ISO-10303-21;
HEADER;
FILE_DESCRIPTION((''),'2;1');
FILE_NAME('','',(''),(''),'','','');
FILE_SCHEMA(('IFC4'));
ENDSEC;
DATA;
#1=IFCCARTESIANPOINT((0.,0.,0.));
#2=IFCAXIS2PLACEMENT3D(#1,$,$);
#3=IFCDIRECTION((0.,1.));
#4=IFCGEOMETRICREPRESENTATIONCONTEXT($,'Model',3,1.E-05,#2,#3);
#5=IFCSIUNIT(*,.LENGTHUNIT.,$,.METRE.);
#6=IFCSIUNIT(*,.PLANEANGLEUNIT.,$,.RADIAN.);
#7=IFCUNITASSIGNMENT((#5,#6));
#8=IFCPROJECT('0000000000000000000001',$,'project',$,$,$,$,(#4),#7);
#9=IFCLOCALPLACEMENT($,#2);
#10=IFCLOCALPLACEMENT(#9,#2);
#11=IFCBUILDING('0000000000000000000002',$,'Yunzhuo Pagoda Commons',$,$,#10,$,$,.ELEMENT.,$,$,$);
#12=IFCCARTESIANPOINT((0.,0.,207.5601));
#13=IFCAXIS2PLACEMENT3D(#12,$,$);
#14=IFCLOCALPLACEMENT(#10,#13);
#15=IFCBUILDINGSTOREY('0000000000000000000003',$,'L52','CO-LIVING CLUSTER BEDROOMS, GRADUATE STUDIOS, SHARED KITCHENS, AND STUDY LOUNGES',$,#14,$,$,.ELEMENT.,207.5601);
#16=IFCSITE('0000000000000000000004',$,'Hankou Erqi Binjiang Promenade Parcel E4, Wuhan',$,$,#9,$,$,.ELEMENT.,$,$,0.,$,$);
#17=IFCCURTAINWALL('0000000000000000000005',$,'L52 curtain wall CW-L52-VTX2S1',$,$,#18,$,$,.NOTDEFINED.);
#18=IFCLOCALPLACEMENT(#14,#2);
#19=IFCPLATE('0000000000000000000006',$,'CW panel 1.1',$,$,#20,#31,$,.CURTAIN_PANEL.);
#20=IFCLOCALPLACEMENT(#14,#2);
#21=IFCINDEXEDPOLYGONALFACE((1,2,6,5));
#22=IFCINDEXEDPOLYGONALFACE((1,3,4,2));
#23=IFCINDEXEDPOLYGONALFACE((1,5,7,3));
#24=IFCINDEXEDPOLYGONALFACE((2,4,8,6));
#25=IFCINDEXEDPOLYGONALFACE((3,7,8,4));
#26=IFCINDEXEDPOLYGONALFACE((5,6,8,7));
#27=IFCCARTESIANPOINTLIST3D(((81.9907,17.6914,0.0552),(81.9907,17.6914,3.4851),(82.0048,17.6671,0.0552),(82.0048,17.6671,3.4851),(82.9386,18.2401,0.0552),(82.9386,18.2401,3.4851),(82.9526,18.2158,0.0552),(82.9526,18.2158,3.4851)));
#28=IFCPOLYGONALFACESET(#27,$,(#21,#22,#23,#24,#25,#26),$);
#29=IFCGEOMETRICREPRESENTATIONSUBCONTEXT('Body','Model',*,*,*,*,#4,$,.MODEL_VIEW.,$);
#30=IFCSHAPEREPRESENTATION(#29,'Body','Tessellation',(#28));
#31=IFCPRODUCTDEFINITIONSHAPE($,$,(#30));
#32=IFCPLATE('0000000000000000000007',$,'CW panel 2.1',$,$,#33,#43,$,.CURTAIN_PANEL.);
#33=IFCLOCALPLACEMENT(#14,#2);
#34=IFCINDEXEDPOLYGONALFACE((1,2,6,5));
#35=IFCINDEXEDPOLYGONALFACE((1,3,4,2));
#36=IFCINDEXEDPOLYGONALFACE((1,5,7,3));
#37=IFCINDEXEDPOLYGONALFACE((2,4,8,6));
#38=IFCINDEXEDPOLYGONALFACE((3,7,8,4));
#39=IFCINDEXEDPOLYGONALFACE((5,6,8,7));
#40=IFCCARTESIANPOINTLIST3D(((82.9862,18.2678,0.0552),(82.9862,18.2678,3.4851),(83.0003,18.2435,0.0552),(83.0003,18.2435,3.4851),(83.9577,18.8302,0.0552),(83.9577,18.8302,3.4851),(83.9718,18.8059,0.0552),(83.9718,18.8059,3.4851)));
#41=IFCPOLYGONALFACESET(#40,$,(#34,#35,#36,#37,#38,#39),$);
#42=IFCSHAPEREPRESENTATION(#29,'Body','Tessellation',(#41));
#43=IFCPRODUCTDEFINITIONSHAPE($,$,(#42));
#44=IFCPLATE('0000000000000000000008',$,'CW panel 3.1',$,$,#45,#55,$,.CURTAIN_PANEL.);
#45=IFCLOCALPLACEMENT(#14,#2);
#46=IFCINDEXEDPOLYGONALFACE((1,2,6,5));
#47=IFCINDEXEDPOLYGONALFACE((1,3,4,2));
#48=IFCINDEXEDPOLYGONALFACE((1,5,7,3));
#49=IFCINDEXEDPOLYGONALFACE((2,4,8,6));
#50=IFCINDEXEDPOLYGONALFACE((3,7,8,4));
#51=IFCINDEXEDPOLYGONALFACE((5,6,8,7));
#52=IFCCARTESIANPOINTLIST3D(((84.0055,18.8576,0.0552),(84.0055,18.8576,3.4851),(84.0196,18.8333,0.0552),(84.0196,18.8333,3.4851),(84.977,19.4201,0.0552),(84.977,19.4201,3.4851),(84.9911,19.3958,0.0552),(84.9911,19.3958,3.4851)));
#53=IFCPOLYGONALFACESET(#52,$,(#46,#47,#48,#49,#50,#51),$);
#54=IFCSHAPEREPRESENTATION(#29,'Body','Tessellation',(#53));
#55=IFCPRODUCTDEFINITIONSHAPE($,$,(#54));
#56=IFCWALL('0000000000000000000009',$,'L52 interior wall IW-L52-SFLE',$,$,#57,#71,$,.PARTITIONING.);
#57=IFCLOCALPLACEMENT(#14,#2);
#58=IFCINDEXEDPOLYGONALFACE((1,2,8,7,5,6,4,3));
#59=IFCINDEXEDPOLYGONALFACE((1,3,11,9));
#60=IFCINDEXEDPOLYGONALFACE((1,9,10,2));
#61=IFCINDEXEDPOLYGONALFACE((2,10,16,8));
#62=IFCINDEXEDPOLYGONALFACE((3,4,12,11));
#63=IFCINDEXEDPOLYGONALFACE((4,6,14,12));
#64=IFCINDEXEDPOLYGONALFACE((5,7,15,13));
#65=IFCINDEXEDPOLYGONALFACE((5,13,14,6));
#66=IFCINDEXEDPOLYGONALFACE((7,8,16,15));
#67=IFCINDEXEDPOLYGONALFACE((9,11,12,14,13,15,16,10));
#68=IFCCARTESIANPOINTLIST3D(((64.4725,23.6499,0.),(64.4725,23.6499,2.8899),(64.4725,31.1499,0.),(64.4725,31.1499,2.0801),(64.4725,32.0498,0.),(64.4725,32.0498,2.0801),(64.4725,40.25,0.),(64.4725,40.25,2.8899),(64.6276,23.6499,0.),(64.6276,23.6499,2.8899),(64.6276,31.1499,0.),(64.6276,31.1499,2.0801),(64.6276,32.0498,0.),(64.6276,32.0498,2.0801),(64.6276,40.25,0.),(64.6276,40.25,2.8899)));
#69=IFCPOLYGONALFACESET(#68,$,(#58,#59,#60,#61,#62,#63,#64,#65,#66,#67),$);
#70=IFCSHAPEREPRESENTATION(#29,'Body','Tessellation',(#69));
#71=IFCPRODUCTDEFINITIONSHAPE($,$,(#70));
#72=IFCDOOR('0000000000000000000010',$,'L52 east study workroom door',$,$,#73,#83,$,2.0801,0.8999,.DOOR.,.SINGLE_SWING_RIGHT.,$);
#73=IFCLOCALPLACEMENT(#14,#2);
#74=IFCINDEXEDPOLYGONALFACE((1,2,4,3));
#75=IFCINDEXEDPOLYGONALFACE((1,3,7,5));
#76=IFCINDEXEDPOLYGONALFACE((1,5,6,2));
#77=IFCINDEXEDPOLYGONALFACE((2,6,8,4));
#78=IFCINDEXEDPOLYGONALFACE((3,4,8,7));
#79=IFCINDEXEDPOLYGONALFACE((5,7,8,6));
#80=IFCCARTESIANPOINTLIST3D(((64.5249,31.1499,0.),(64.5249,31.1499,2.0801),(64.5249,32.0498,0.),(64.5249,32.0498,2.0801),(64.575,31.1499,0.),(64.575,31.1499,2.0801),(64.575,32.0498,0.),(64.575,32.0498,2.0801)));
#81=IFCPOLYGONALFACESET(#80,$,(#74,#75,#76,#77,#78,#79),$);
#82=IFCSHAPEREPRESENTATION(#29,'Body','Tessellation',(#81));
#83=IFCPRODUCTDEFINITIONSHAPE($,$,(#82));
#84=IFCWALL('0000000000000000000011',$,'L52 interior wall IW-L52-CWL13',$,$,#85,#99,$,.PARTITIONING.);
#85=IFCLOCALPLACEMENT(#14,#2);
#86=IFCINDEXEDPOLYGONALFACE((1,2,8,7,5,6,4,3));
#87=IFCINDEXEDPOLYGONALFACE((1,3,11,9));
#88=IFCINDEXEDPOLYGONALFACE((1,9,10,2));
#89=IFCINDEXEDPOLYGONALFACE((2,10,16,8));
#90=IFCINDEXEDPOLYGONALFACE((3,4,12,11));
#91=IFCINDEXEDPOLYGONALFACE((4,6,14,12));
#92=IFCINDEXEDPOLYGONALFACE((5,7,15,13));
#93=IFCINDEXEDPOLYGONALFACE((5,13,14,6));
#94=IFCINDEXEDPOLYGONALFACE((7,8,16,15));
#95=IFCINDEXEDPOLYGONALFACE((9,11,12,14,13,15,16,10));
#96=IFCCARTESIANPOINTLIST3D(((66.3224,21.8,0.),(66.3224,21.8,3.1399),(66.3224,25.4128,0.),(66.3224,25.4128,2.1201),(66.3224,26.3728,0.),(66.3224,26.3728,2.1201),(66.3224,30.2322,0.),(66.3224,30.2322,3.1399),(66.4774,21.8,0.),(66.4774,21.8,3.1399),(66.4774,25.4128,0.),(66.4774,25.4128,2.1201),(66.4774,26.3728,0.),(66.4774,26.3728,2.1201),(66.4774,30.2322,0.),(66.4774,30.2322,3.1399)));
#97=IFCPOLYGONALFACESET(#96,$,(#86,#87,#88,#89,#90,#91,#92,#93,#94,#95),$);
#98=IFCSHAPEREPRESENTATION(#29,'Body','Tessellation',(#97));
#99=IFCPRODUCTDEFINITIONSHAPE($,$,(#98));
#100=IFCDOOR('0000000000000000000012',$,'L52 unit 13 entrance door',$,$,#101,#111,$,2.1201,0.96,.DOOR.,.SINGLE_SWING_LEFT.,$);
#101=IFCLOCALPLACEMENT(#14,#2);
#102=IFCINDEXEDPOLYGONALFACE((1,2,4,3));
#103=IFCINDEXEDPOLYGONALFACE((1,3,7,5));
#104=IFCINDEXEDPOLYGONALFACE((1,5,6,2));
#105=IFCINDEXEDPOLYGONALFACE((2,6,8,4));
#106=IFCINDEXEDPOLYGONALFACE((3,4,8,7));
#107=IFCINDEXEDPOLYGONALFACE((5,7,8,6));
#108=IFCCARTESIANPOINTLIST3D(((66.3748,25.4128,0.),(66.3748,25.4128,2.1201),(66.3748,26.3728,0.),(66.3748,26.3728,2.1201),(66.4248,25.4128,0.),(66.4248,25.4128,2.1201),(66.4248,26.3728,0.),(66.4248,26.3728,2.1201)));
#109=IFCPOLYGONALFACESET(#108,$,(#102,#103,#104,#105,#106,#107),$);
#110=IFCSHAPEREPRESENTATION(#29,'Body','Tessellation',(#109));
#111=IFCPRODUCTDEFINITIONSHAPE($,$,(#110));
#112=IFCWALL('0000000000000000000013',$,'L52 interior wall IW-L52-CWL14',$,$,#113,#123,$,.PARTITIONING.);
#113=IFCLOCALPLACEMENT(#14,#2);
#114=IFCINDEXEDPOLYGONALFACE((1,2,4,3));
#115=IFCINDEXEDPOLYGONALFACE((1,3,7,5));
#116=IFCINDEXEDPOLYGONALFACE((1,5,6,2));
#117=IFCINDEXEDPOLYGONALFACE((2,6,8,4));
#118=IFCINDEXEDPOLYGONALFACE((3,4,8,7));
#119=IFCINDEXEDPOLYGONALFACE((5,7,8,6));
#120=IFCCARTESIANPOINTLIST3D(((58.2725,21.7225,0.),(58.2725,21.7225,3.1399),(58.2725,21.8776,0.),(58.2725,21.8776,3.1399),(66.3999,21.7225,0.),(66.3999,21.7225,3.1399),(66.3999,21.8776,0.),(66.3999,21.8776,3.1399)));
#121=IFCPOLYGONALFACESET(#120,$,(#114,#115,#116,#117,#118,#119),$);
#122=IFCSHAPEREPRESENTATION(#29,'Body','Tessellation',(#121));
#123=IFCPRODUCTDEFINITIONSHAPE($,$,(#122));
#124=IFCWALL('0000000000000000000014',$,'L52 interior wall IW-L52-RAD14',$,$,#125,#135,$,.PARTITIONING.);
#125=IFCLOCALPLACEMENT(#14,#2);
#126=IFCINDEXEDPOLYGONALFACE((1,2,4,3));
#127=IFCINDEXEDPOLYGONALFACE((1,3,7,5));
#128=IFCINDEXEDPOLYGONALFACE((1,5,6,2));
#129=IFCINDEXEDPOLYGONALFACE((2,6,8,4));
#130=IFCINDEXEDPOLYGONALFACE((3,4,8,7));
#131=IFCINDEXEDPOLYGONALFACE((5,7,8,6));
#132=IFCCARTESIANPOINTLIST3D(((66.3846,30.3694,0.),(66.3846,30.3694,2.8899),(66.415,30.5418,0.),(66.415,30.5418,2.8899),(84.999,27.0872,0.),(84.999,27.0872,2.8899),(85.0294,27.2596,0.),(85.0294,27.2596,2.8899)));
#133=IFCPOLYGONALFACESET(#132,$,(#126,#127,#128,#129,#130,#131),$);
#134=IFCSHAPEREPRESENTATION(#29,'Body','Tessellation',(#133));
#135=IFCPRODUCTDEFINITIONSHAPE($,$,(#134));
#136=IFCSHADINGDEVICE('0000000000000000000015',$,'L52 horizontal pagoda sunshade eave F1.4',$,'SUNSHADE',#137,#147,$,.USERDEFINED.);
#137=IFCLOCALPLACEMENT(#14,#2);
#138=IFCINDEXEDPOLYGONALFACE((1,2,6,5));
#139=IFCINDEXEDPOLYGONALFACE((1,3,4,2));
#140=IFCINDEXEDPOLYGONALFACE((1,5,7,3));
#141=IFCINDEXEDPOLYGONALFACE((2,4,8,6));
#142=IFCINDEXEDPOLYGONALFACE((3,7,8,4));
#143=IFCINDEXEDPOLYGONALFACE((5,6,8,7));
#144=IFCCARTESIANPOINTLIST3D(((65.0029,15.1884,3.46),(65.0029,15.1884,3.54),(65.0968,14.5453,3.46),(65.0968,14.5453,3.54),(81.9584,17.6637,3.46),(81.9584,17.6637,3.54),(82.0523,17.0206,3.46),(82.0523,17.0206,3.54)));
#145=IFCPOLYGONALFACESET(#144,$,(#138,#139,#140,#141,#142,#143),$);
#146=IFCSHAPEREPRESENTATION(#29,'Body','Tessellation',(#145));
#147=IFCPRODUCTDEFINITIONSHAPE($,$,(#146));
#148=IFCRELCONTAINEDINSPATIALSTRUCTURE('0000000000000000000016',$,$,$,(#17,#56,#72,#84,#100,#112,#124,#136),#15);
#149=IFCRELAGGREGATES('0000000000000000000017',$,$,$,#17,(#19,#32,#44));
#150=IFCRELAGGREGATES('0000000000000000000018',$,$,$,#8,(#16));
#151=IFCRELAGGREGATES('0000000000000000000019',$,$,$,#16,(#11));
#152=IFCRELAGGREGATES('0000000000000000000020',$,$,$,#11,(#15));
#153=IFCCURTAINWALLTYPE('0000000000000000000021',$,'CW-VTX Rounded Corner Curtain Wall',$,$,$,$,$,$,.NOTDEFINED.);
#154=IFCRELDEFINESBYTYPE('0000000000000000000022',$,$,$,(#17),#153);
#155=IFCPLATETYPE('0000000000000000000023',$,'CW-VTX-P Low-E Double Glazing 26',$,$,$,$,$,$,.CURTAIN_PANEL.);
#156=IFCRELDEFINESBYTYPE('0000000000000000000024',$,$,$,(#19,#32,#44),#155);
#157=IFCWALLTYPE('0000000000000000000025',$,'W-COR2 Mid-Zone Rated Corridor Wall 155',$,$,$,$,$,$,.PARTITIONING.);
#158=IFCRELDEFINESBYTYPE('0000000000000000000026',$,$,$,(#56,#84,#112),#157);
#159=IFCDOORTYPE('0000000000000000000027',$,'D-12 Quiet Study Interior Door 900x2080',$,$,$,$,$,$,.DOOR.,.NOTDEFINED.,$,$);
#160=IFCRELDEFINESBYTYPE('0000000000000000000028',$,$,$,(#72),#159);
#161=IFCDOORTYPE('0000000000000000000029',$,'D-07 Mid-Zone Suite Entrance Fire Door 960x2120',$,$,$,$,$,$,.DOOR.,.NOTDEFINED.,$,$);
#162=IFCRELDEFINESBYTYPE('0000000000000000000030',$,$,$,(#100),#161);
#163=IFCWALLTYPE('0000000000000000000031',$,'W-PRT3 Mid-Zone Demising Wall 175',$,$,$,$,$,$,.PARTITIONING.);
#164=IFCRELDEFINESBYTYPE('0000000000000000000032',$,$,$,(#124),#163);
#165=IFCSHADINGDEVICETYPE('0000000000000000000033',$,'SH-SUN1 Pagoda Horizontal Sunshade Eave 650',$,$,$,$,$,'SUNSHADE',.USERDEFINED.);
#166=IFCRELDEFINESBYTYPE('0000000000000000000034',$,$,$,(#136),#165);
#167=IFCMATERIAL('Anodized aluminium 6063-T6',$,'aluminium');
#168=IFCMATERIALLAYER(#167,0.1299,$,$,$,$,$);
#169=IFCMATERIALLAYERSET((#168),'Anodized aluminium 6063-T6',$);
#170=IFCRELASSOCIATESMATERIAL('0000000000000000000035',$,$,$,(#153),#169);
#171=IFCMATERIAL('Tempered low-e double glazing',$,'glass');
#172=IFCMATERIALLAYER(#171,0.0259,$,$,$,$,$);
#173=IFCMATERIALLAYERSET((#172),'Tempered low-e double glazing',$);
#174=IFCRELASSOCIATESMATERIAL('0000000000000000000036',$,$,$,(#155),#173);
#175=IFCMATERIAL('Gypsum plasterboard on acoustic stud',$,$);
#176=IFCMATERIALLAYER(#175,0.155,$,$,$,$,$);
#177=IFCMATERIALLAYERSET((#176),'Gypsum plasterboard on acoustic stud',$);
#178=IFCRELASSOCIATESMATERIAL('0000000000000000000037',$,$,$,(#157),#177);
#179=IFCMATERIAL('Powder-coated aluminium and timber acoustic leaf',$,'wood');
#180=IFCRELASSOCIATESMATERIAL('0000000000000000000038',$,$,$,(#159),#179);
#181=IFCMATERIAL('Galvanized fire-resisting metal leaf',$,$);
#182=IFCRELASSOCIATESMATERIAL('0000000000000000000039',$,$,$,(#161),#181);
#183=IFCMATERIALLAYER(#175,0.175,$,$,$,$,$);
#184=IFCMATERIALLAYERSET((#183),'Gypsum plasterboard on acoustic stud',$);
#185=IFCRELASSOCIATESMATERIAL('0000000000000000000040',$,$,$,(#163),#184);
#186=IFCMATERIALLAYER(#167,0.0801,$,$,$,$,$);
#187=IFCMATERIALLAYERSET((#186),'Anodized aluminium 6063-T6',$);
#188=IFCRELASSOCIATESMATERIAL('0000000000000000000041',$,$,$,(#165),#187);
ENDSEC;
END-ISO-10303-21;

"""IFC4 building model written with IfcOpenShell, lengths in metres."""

from ifc_helpers import new_model, si_unit, direction, frame, frame_2d, origin, origin_with_axes, origin_2d, place, context, subcontext, project, spatial, rectangle, extrude, source, transform, mapped, material, layer, layer_set, type_object, element, fill, aggregate, save


model = new_model("IFC4")

# Units and contexts
model_context = context("Model", 3, precision=1e-05, world=origin(), true_north=direction((0.0, 1.0)))
body_context = subcontext(model_context, "Body", "Model", "MODEL_VIEW")
ifc_project = project(units=[si_unit("LENGTHUNIT", "METRE"), si_unit("PLANEANGLEUNIT", "RADIAN")], contexts=[model_context])

# Site, building, storey
site_placement = place(None, origin())
site = spatial("IfcSite", under=ifc_project, at=site_placement, Name="Hankou Erqi Binjiang Promenade Parcel E4, Wuhan", CompositionType="ELEMENT", RefElevation=0.0)
building_placement = place(site_placement, origin())
building = spatial("IfcBuilding", under=site, at=building_placement, Name="Yunzhuo Pagoda Commons", CompositionType="ELEMENT")
storey_placement = place(building_placement, frame((0.0, 0.0, 207.5601)))
storey = spatial("IfcBuildingStorey", under=building, at=storey_placement, Name="L52", Description="CO-LIVING CLUSTER BEDROOMS, GRADUATE STUDIOS, SHARED KITCHENS, AND STUDY LOUNGES", CompositionType="ELEMENT", Elevation=207.5601)

# Curtain wall
ifc_material_1 = material(Name="Anodized aluminium 6063-T6", Category="aluminium")
ifc_layer_1 = layer(ifc_material_1, 0.1299)
ifc_layer_set_1 = layer_set([ifc_layer_1], Name="Anodized aluminium 6063-T6")
curtain_wall_type_1 = type_object("IfcCurtainWallType", Name="CW-VTX Rounded Corner Curtain Wall", PredefinedType="NOTDEFINED", material=ifc_layer_set_1)
curtain_wall_1_placement = place(storey_placement, origin())
curtain_wall_1 = element("IfcCurtainWall", 1, at=curtain_wall_1_placement, inside=storey, type_object=curtain_wall_type_1, Name="L52 curtain wall CW-L52-VTX2S1", PredefinedType="NOTDEFINED")

# Plates
ifc_material_2 = material(Name="Tempered low-e double glazing", Category="glass")
ifc_layer_2 = layer(ifc_material_2, 0.0259)
ifc_layer_set_2 = layer_set([ifc_layer_2], Name="Tempered low-e double glazing")
plate_type_1 = type_object("IfcPlateType", Name="CW-VTX-P Low-E Double Glazing 26", PredefinedType="CURTAIN_PANEL", material=ifc_layer_set_2)
shared_shape_1 = source(origin(), body_context, "Body", "SweptSolid", [
    extrude(rectangle(XDim=1.0952, YDim=0.0281, at=origin_2d()), origin(), (0.0, 0.0, 1.0), 3.4299),
])
plate_1_placement = place(storey_placement, frame((82.4717, 17.9536, 0.0552), z_axis=(0.0, 0.0, 1.0), x_axis=(0.865426, 0.501037, 0.0)))
plate_1 = element("IfcPlate", 2, at=plate_1_placement, type_object=plate_type_1, Name="CW panel 1.1", PredefinedType="CURTAIN_PANEL", context=body_context, shape_type="MappedRepresentation", body=[
    mapped(shared_shape_1, transform((0.0, 0.0, 0.0), scale=1.0)),
])
shared_shape_2 = source(origin(), body_context, "Body", "SweptSolid", [
    extrude(rectangle(XDim=1.1226, YDim=0.0281, at=origin_2d()), origin(), (0.0, 0.0, 1.0), 3.4299),
])
plate_2_placement = place(storey_placement, frame((83.479, 18.5369, 0.0552), z_axis=(0.0, 0.0, 1.0), x_axis=(0.865426, 0.501037, 0.0)))
plate_2 = element("IfcPlate", 3, at=plate_2_placement, type_object=plate_type_1, Name="CW panel 2.1", PredefinedType="CURTAIN_PANEL", context=body_context, shape_type="MappedRepresentation", body=[
    mapped(shared_shape_2, transform((0.0, 0.0, 0.0), scale=1.0)),
])
plate_3_placement = place(storey_placement, frame((84.4983, 19.1267, 0.0552), z_axis=(0.0, 0.0, 1.0), x_axis=(0.865426, 0.501037, 0.0)))
plate_3 = element("IfcPlate", 4, at=plate_3_placement, type_object=plate_type_1, Name="CW panel 3.1", PredefinedType="CURTAIN_PANEL", context=body_context, shape_type="MappedRepresentation", body=[
    mapped(shared_shape_2, transform((0.0, 0.0, 0.0), scale=1.0)),
])
aggregate(curtain_wall_1, [plate_1, plate_2, plate_3])

# Walls, openings, doors
ifc_material_3 = material(Name="Gypsum plasterboard on acoustic stud")
ifc_layer_3 = layer(ifc_material_3, 0.155)
ifc_layer_set_3 = layer_set([ifc_layer_3], Name="Gypsum plasterboard on acoustic stud")
wall_type_1 = type_object("IfcWallType", Name="W-COR2 Mid-Zone Rated Corridor Wall 155", PredefinedType="PARTITIONING", material=ifc_layer_set_3)
wall_1_placement = place(storey_placement, frame((64.55, 23.6499, 0.0), z_axis=(0.0, 0.0, 1.0), x_axis=(0.0, 1.0, 0.0)))
wall_1 = element("IfcWall", 5, at=wall_1_placement, inside=storey, type_object=wall_type_1, Name="L52 interior wall IW-L52-SFLE", PredefinedType="PARTITIONING", context=body_context, shape_type="SweptSolid", body=[
    extrude(rectangle(XDim=16.6001, YDim=0.155, at=frame_2d((8.3, 0.0))), origin(), (0.0, 0.0, 1.0), 2.8899),
])
opening_1_placement = place(wall_1_placement, frame((7.5, 0.0, 0.0)))
opening_1 = element("IfcOpeningElement", 6, at=opening_1_placement, cuts=wall_1, PredefinedType="OPENING", context=body_context, shape_type="SweptSolid", body=[
    extrude(rectangle(XDim=0.8999, YDim=2.0801, at=frame_2d((0.45, 1.04))), frame((0.0, 0.0874, 0.0), z_axis=(0.0, -1.0, 0.0), x_axis=(1.0, 0.0, 0.0)), (0.0, 0.0, 1.0), 0.175),
])
ifc_material_4 = material(Name="Powder-coated aluminium and timber acoustic leaf", Category="wood")
door_type_1 = type_object("IfcDoorType", Name="D-12 Quiet Study Interior Door 900x2080", OperationType="NOTDEFINED", PredefinedType="DOOR", material=ifc_material_4)
shared_shape_3 = source(origin(), body_context, "Body", "SweptSolid", [
    extrude(rectangle(XDim=0.8999, YDim=2.0801, at=frame_2d((0.45, 1.04))), frame((0.0, 0.0249, 0.0), z_axis=(0.0, -1.0, 0.0), x_axis=(1.0, 0.0, 0.0)), (0.0, 0.0, 1.0), 0.05),
])
door_1_placement = place(opening_1_placement, frame((0.8999, 0.0, 0.0), z_axis=(0.0, 0.0, 1.0), x_axis=(-1.0, 0.0, 0.0)))
door_1 = element("IfcDoor", 7, at=door_1_placement, inside=storey, type_object=door_type_1, Name="L52 east study workroom door", OperationType="SINGLE_SWING_RIGHT", OverallHeight=2.0801, OverallWidth=0.8999, PredefinedType="DOOR", context=body_context, shape_type="MappedRepresentation", body=[
    mapped(shared_shape_3, transform((0.0, 0.0, 0.0), scale=1.0)),
])
fill(opening_1, door_1)
wall_2_placement = place(storey_placement, frame((66.3999, 30.2322, 0.0), z_axis=(0.0, 0.0, 1.0), x_axis=(0.0, -1.0, 0.0)))
wall_2 = element("IfcWall", 8, at=wall_2_placement, inside=storey, type_object=wall_type_1, Name="L52 interior wall IW-L52-CWL13", PredefinedType="PARTITIONING", context=body_context, shape_type="SweptSolid", body=[
    extrude(rectangle(XDim=8.4321, YDim=0.155, at=frame_2d((4.2161, 0.0))), origin(), (0.0, 0.0, 1.0), 3.1399),
])
opening_2_placement = place(wall_2_placement, frame((3.8594, 0.0, 0.0)))
opening_2 = element("IfcOpeningElement", 9, at=opening_2_placement, cuts=wall_2, PredefinedType="OPENING", context=body_context, shape_type="SweptSolid", body=[
    extrude(rectangle(XDim=0.96, YDim=2.1201, at=frame_2d((0.48, 1.0601))), frame((0.0, 0.0874, 0.0), z_axis=(0.0, -1.0, 0.0), x_axis=(1.0, 0.0, 0.0)), (0.0, 0.0, 1.0), 0.175),
])
ifc_material_5 = material(Name="Galvanized fire-resisting metal leaf")
door_type_2 = type_object("IfcDoorType", Name="D-07 Mid-Zone Suite Entrance Fire Door 960x2120", OperationType="NOTDEFINED", PredefinedType="DOOR", material=ifc_material_5)
shared_shape_4 = source(origin(), body_context, "Body", "SweptSolid", [
    extrude(rectangle(XDim=0.96, YDim=2.1201, at=frame_2d((0.48, 1.0601))), frame((0.0, 0.0249, 0.0), z_axis=(0.0, -1.0, 0.0), x_axis=(1.0, 0.0, 0.0)), (0.0, 0.0, 1.0), 0.05),
])
door_2_placement = place(opening_2_placement, origin_with_axes())
door_2 = element("IfcDoor", 10, at=door_2_placement, inside=storey, type_object=door_type_2, Name="L52 unit 13 entrance door", OperationType="SINGLE_SWING_LEFT", OverallHeight=2.1201, OverallWidth=0.96, PredefinedType="DOOR", context=body_context, shape_type="MappedRepresentation", body=[
    mapped(shared_shape_4, transform((0.0, 0.0, 0.0), scale=1.0)),
])
fill(opening_2, door_2)

# Walls
wall_3_placement = place(storey_placement, frame((66.3999, 21.8, 0.0), z_axis=(0.0, 0.0, 1.0), x_axis=(-1.0, 0.0, 0.0)))
element("IfcWall", 11, at=wall_3_placement, inside=storey, type_object=wall_type_1, Name="L52 interior wall IW-L52-CWL14", PredefinedType="PARTITIONING", context=body_context, shape_type="SweptSolid", body=[
    extrude(rectangle(XDim=8.1274, YDim=0.155, at=frame_2d((4.0637, 0.0))), origin(), (0.0, 0.0, 1.0), 3.1399),
])
ifc_layer_4 = layer(ifc_material_3, 0.175)
ifc_layer_set_4 = layer_set([ifc_layer_4], Name="Gypsum plasterboard on acoustic stud")
wall_type_2 = type_object("IfcWallType", Name="W-PRT3 Mid-Zone Demising Wall 175", PredefinedType="PARTITIONING", material=ifc_layer_set_4)
wall_4_placement = place(storey_placement, frame((66.3999, 30.4556, 0.0), z_axis=(0.0, 0.0, 1.0), x_axis=(0.984808, -0.173648, 0.0)))
element("IfcWall", 12, at=wall_4_placement, inside=storey, type_object=wall_type_2, Name="L52 interior wall IW-L52-RAD14", PredefinedType="PARTITIONING", context=body_context, shape_type="SweptSolid", body=[
    extrude(rectangle(XDim=18.9016, YDim=0.175, at=frame_2d((9.4507, 0.0))), origin(), (0.0, 0.0, 1.0), 2.8899),
])

# Shading device
ifc_layer_5 = layer(ifc_material_1, 0.0801)
ifc_layer_set_5 = layer_set([ifc_layer_5], Name="Anodized aluminium 6063-T6")
shading_device_type = type_object("IfcShadingDeviceType", Name="SH-SUN1 Pagoda Horizontal Sunshade Eave 650", ElementType="SUNSHADE", PredefinedType="USERDEFINED", material=ifc_layer_set_5)
shared_shape_5 = source(origin(), body_context, "Body", "SweptSolid", [
    extrude(rectangle(XDim=17.1353, YDim=0.6499, at=origin_2d()), origin(), (0.0, 0.0, 1.0), 0.0801),
])
shading_device_placement = place(storey_placement, frame((73.5276, 16.1045, 3.46), z_axis=(0.0, 0.0, 1.0), x_axis=(0.989511, 0.14446, 0.0)))
element("IfcShadingDevice", 13, at=shading_device_placement, inside=storey, type_object=shading_device_type, Name="L52 horizontal pagoda sunshade eave F1.4", ObjectType="SUNSHADE", PredefinedType="USERDEFINED", context=body_context, shape_type="MappedRepresentation", body=[
    mapped(shared_shape_5, transform((0.0, 0.0, 0.0), scale=1.0)),
])

save(model, "model.ifc")
